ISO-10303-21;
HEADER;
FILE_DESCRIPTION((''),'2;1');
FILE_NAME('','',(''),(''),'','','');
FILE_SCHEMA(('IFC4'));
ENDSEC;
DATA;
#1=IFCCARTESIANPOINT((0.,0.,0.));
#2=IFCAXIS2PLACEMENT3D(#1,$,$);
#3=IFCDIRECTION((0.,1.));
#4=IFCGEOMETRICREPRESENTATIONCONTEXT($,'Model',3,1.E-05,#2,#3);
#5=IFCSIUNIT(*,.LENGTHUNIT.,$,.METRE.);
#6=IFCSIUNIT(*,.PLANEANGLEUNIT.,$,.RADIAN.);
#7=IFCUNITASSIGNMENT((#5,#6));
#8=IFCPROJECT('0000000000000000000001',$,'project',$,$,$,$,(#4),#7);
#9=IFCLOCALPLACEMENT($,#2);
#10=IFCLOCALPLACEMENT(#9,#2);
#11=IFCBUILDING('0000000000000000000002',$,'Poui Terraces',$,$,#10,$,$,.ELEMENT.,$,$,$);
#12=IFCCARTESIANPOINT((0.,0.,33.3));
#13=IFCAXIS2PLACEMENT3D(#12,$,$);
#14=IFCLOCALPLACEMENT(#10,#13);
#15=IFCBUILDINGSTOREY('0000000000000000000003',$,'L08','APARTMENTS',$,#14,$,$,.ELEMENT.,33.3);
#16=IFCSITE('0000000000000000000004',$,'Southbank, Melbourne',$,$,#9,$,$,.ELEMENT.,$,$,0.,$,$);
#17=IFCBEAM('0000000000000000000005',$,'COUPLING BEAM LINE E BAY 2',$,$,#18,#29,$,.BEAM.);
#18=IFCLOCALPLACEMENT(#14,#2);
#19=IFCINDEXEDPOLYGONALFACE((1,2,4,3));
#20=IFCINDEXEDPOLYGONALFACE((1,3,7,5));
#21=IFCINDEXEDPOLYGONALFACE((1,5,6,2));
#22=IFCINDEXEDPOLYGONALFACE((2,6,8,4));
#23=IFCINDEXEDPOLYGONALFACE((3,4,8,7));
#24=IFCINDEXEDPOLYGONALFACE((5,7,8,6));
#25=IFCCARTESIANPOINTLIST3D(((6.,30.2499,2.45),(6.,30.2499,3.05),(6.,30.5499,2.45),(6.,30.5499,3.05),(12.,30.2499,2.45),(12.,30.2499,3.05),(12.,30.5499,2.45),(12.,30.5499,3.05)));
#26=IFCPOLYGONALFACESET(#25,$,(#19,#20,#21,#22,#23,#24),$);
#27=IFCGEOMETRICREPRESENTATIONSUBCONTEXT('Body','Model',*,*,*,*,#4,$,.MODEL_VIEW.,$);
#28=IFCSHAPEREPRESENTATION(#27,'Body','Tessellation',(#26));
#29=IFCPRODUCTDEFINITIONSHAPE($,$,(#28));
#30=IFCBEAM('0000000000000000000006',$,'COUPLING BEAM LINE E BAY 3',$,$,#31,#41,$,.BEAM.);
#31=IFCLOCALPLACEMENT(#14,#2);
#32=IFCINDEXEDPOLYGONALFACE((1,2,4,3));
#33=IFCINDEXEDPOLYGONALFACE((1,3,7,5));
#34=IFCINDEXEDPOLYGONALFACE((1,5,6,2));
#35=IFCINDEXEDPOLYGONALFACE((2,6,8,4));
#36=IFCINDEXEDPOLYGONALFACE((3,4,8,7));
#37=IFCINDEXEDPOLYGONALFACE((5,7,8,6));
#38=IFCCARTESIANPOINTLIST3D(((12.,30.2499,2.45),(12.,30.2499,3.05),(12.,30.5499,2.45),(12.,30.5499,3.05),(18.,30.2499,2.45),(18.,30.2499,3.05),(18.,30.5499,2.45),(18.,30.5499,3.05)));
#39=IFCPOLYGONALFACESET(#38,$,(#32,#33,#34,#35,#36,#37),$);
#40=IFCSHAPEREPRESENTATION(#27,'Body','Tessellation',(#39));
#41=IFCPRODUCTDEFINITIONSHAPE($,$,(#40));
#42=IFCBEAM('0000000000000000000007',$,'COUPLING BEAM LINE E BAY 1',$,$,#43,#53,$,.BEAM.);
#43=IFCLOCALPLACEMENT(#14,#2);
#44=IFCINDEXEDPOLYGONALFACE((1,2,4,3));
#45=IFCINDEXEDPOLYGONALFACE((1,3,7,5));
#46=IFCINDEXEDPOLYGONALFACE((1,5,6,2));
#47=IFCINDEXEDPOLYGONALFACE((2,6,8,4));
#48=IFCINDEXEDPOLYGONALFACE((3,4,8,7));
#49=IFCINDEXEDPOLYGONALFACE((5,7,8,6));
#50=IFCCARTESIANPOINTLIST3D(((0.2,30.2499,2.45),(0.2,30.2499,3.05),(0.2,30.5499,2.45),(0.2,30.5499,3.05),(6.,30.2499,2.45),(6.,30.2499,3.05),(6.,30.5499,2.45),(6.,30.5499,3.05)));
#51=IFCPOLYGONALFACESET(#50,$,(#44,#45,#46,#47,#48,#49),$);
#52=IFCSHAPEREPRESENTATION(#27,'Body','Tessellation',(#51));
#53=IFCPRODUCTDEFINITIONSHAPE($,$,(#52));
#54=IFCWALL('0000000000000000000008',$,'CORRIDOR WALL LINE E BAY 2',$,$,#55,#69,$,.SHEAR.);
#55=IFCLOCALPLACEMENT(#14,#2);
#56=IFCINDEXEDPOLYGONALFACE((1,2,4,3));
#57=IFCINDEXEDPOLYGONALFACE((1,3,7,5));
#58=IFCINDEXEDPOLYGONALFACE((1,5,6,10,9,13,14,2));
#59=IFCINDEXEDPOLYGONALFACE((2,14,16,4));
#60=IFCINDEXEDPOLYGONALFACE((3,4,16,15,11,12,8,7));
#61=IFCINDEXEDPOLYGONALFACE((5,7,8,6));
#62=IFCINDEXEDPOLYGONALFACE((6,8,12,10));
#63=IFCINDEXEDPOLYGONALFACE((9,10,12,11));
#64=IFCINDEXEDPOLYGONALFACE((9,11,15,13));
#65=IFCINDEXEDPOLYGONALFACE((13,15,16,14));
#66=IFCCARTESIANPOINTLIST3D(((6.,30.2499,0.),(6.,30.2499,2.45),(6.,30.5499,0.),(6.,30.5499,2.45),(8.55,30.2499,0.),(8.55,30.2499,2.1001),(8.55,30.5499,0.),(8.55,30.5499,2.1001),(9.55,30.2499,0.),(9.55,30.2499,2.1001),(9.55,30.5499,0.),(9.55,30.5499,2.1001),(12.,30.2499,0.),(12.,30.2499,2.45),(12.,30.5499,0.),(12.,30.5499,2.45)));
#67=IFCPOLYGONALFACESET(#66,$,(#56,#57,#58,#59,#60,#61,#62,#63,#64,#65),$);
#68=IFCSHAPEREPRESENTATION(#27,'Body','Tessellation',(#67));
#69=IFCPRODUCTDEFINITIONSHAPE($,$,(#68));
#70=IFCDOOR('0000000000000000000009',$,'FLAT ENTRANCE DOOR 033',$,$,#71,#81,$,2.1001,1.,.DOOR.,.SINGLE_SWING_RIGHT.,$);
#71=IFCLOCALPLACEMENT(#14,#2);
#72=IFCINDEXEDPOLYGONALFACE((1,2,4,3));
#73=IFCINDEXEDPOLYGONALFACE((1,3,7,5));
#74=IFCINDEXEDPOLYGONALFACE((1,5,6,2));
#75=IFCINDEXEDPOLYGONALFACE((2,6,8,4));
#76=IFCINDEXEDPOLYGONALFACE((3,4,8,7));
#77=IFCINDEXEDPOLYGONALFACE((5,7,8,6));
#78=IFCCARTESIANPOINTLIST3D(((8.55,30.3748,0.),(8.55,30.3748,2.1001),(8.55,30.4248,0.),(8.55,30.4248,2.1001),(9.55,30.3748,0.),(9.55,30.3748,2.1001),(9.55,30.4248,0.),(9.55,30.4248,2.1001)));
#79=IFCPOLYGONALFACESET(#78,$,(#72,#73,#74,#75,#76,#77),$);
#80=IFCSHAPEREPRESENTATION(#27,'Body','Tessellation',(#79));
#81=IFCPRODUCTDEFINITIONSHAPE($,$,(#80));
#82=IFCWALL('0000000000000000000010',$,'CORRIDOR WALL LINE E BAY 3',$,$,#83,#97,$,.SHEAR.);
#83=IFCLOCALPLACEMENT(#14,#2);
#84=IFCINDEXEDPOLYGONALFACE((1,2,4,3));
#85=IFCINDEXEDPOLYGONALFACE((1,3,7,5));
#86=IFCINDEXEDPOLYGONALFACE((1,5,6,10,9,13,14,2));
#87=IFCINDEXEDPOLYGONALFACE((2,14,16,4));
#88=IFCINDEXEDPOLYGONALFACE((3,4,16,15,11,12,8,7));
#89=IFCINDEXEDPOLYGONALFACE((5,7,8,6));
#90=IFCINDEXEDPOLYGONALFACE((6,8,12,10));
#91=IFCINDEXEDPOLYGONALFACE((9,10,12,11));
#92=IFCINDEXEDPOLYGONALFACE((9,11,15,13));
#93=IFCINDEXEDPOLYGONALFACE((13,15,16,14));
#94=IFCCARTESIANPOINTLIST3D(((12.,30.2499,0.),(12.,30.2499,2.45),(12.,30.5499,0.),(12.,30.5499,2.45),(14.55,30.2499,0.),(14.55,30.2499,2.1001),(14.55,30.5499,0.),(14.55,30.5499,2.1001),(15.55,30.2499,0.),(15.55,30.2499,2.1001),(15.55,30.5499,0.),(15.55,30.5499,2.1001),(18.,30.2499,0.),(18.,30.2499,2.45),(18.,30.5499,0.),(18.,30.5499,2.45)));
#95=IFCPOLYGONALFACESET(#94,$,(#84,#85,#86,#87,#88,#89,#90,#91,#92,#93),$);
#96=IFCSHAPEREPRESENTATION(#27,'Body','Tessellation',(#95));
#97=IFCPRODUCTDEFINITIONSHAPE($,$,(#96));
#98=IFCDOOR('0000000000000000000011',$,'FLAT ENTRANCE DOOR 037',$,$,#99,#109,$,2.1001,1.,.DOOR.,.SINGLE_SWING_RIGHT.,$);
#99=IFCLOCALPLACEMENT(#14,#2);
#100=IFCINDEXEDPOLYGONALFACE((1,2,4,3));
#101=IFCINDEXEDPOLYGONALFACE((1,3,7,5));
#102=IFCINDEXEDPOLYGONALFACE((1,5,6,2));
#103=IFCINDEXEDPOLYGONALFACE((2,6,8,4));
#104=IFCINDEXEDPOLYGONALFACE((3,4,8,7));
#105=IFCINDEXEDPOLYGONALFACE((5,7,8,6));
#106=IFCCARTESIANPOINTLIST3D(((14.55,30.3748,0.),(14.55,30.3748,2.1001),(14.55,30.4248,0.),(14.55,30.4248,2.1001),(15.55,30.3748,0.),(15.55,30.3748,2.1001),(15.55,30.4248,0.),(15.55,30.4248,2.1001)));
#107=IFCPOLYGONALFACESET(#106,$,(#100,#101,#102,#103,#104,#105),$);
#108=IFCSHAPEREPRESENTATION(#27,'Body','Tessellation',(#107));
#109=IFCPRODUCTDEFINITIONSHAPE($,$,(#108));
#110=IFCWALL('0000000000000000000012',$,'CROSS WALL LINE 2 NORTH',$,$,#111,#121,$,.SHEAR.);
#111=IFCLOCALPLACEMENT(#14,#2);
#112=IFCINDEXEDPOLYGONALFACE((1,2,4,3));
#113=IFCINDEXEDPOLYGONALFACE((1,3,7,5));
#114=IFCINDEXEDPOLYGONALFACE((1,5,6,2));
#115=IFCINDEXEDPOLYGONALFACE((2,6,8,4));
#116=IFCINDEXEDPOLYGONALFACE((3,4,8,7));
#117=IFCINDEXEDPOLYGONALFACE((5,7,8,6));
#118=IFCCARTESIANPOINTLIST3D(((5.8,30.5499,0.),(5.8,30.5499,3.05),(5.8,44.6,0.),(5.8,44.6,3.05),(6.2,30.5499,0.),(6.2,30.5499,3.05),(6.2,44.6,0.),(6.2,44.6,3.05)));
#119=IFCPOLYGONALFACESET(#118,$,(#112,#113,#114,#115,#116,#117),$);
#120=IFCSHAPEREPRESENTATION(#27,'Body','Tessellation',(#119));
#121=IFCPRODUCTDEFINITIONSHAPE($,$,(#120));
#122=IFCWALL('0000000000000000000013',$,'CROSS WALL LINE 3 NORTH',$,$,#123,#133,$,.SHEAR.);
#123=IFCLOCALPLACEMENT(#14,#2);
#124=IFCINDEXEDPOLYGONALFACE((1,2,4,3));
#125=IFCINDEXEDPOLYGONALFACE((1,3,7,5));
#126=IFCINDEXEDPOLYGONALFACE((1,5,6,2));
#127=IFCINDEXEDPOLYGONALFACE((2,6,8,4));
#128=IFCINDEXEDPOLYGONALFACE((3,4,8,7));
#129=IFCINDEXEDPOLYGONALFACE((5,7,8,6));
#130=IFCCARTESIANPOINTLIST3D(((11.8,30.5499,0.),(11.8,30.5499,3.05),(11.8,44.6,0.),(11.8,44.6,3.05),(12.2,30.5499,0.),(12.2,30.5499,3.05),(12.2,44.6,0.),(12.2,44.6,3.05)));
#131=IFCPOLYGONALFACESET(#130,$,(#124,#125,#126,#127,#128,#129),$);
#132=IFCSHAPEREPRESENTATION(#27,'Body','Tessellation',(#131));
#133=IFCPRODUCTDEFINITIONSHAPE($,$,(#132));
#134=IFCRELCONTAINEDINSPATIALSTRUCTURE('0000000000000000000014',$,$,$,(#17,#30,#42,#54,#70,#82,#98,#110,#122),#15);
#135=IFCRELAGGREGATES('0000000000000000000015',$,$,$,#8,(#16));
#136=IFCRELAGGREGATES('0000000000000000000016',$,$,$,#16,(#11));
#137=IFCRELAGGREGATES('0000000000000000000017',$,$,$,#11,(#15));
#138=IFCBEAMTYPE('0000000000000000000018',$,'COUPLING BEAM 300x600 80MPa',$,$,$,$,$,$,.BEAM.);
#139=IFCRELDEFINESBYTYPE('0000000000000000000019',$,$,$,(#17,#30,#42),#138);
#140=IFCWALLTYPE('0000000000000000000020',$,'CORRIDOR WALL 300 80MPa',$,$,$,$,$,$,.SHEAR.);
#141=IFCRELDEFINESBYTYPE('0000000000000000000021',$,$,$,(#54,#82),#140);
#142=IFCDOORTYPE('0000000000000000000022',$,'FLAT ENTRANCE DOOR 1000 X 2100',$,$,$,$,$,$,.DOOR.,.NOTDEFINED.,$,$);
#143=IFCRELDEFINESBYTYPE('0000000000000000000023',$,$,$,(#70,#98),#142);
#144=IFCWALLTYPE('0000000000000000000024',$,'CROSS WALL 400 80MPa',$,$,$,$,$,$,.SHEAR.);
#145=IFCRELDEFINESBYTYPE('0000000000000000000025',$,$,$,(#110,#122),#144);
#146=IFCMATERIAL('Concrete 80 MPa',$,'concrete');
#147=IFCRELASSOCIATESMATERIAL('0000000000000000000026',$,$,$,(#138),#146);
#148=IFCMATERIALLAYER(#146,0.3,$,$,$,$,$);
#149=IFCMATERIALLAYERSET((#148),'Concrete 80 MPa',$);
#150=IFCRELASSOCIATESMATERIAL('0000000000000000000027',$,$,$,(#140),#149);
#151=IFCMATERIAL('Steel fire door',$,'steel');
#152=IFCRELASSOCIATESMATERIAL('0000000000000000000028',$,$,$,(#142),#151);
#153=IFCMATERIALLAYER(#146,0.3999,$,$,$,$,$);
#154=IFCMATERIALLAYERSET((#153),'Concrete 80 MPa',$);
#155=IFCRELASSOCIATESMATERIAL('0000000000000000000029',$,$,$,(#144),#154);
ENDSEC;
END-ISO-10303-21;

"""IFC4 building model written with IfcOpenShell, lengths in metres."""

from ifc_helpers import new_model, si_unit, direction, frame, frame_2d, origin, origin_2d, place, context, subcontext, project, spatial, rectangle, extrude, source, transform, mapped, material, layer, layer_set, material_profile, profile_set, type_object, element, fill, save


model = new_model("IFC4")

# Units and contexts
model_context = context("Model", 3, precision=1e-05, world=origin(), true_north=direction((0.0, 1.0)))
body_context = subcontext(model_context, "Body", "Model", "MODEL_VIEW")
ifc_project = project(units=[si_unit("LENGTHUNIT", "METRE"), si_unit("PLANEANGLEUNIT", "RADIAN")], contexts=[model_context])

# Site, building, storey
site_placement = place(None, origin())
site = spatial("IfcSite", under=ifc_project, at=site_placement, Name="Southbank, Melbourne", CompositionType="ELEMENT", RefElevation=0.0)
building_placement = place(site_placement, origin())
building = spatial("IfcBuilding", under=site, at=building_placement, Name="Poui Terraces", CompositionType="ELEMENT")
storey_placement = place(building_placement, frame((0.0, 0.0, 33.3)))
storey = spatial("IfcBuildingStorey", under=building, at=storey_placement, Name="L08", Description="APARTMENTS", CompositionType="ELEMENT", Elevation=33.3)

# Beams
ifc_material_1 = material(Name="Concrete 80 MPa", Category="concrete")
ifc_material_profile = material_profile(ifc_material_1, rectangle(XDim=0.3, YDim=0.6001, at=origin_2d()), Name="RC 300x600")
ifc_profile_set = profile_set([ifc_material_profile], Name="Concrete 80 MPa")
beam_type = type_object("IfcBeamType", Name="COUPLING BEAM 300x600 80MPa", PredefinedType="BEAM", material=ifc_profile_set)
shared_shape_1 = source(origin(), body_context, "Body", "SweptSolid", [
    extrude(rectangle(XDim=0.3, YDim=0.6001, at=origin_2d()), origin(), (0.0, 0.0, 1.0), 6.0),
])
for number, where, z_axis, x_axis, name in (
    (1, (6.0, 30.3999, 2.75), (1.0, 0.0, 0.0), (0.0, 1.0, 0.0), "COUPLING BEAM LINE E BAY 2"),
    (2, (12.0, 30.3999, 2.75), (1.0, 0.0, 0.0), (0.0, 1.0, 0.0), "COUPLING BEAM LINE E BAY 3"),
):
    element("IfcBeam", number, at=place(storey_placement, frame(where, z_axis=z_axis, x_axis=x_axis)), inside=storey, type_object=beam_type, Name=name, PredefinedType="BEAM", context=body_context, shape_type="MappedRepresentation", body=[
        mapped(shared_shape_1, transform((0.0, 0.0, 0.0))),
    ])
shared_shape_2 = source(origin(), body_context, "Body", "SweptSolid", [
    extrude(rectangle(XDim=0.3, YDim=0.6001, at=origin_2d()), origin(), (0.0, 0.0, 1.0), 5.8),
])
beam_placement = place(storey_placement, frame((0.2, 30.3999, 2.75), z_axis=(1.0, 0.0, 0.0), x_axis=(0.0, 1.0, 0.0)))
element("IfcBeam", 3, at=beam_placement, inside=storey, type_object=beam_type, Name="COUPLING BEAM LINE E BAY 1", PredefinedType="BEAM", context=body_context, shape_type="MappedRepresentation", body=[
    mapped(shared_shape_2, transform((0.0, 0.0, 0.0))),
])

# Walls, openings, doors
ifc_layer_1 = layer(ifc_material_1, 0.3)
ifc_layer_set_1 = layer_set([ifc_layer_1], Name="Concrete 80 MPa")
wall_type_1 = type_object("IfcWallType", Name="CORRIDOR WALL 300 80MPa", PredefinedType="SHEAR", material=ifc_layer_set_1)
wall_1_placement = place(storey_placement, frame((6.0, 30.3999, 0.0), z_axis=(0.0, 0.0, 1.0), x_axis=(1.0, 0.0, 0.0)))
wall_1 = element("IfcWall", 4, at=wall_1_placement, inside=storey, type_object=wall_type_1, Name="CORRIDOR WALL LINE E BAY 2", PredefinedType="SHEAR", context=body_context, shape_type="SweptSolid", body=[
    extrude(rectangle(XDim=6.0, YDim=0.3, at=frame_2d((3.0, 0.0))), origin(), (0.0, 0.0, 1.0), 2.45),
])
opening_1_placement = place(wall_1_placement, frame((2.55, 0.0, 0.0)))
opening_1 = element("IfcOpeningElement", 5, at=opening_1_placement, cuts=wall_1, PredefinedType="OPENING", context=body_context, shape_type="SweptSolid", body=[
    extrude(rectangle(XDim=1.0, YDim=2.1001, at=frame_2d((0.5, 1.05))), frame((0.0, 0.1602, 0.0), z_axis=(0.0, -1.0, 0.0), x_axis=(1.0, 0.0, 0.0)), (0.0, 0.0, 1.0), 0.3201),
])
ifc_material_2 = material(Name="Steel fire door", Category="steel")
door_type = type_object("IfcDoorType", Name="FLAT ENTRANCE DOOR 1000 X 2100", OperationType="NOTDEFINED", PredefinedType="DOOR", material=ifc_material_2)
door_1_placement = place(opening_1_placement, origin())
door_1 = element("IfcDoor", 6, at=door_1_placement, inside=storey, type_object=door_type, Name="FLAT ENTRANCE DOOR 033", OperationType="SINGLE_SWING_RIGHT", OverallHeight=2.1001, OverallWidth=1.0, PredefinedType="DOOR", context=body_context, shape_type="SweptSolid", body=[
    extrude(rectangle(XDim=1.0, YDim=2.1001, at=frame_2d((0.5, 1.05))), frame((0.0, 0.0249, 0.0), z_axis=(0.0, -1.0, 0.0), x_axis=(1.0, 0.0, 0.0)), (0.0, 0.0, 1.0), 0.05),
])
fill(opening_1, door_1)
wall_2_placement = place(storey_placement, frame((12.0, 30.3999, 0.0), z_axis=(0.0, 0.0, 1.0), x_axis=(1.0, 0.0, 0.0)))
wall_2 = element("IfcWall", 7, at=wall_2_placement, inside=storey, type_object=wall_type_1, Name="CORRIDOR WALL LINE E BAY 3", PredefinedType="SHEAR", context=body_context, shape_type="SweptSolid", body=[
    extrude(rectangle(XDim=6.0, YDim=0.3, at=frame_2d((3.0, 0.0))), origin(), (0.0, 0.0, 1.0), 2.45),
])
opening_2_placement = place(wall_2_placement, frame((2.55, 0.0, 0.0)))
opening_2 = element("IfcOpeningElement", 8, at=opening_2_placement, cuts=wall_2, PredefinedType="OPENING", context=body_context, shape_type="SweptSolid", body=[
    extrude(rectangle(XDim=1.0, YDim=2.1001, at=frame_2d((0.5, 1.05))), frame((0.0, 0.1602, 0.0), z_axis=(0.0, -1.0, 0.0), x_axis=(1.0, 0.0, 0.0)), (0.0, 0.0, 1.0), 0.3201),
])
door_2_placement = place(opening_2_placement, origin())
door_2 = element("IfcDoor", 9, at=door_2_placement, inside=storey, type_object=door_type, Name="FLAT ENTRANCE DOOR 037", OperationType="SINGLE_SWING_RIGHT", OverallHeight=2.1001, OverallWidth=1.0, PredefinedType="DOOR", context=body_context, shape_type="SweptSolid", body=[
    extrude(rectangle(XDim=1.0, YDim=2.1001, at=frame_2d((0.5, 1.05))), frame((0.0, 0.0249, 0.0), z_axis=(0.0, -1.0, 0.0), x_axis=(1.0, 0.0, 0.0)), (0.0, 0.0, 1.0), 0.05),
])
fill(opening_2, door_2)

# Walls
ifc_layer_2 = layer(ifc_material_1, 0.3999)
ifc_layer_set_2 = layer_set([ifc_layer_2], Name="Concrete 80 MPa")
wall_type_2 = type_object("IfcWallType", Name="CROSS WALL 400 80MPa", PredefinedType="SHEAR", material=ifc_layer_set_2)
for number, where, z_axis, x_axis, name in (
    (10, (6.0, 30.55, 0.0), (0.0, 0.0, 1.0), (0.0, 1.0, 0.0), "CROSS WALL LINE 2 NORTH"),
    (11, (12.0, 30.55, 0.0), (0.0, 0.0, 1.0), (0.0, 1.0, 0.0), "CROSS WALL LINE 3 NORTH"),
):
    element("IfcWall", number, at=place(storey_placement, frame(where, z_axis=z_axis, x_axis=x_axis)), inside=storey, type_object=wall_type_2, Name=name, PredefinedType="SHEAR", context=body_context, shape_type="SweptSolid", body=[
        extrude(rectangle(XDim=14.05, YDim=0.3999, at=frame_2d((7.0249, 0.0))), origin(), (0.0, 0.0, 1.0), 3.05),
    ])

save(model, "model.ifc")
